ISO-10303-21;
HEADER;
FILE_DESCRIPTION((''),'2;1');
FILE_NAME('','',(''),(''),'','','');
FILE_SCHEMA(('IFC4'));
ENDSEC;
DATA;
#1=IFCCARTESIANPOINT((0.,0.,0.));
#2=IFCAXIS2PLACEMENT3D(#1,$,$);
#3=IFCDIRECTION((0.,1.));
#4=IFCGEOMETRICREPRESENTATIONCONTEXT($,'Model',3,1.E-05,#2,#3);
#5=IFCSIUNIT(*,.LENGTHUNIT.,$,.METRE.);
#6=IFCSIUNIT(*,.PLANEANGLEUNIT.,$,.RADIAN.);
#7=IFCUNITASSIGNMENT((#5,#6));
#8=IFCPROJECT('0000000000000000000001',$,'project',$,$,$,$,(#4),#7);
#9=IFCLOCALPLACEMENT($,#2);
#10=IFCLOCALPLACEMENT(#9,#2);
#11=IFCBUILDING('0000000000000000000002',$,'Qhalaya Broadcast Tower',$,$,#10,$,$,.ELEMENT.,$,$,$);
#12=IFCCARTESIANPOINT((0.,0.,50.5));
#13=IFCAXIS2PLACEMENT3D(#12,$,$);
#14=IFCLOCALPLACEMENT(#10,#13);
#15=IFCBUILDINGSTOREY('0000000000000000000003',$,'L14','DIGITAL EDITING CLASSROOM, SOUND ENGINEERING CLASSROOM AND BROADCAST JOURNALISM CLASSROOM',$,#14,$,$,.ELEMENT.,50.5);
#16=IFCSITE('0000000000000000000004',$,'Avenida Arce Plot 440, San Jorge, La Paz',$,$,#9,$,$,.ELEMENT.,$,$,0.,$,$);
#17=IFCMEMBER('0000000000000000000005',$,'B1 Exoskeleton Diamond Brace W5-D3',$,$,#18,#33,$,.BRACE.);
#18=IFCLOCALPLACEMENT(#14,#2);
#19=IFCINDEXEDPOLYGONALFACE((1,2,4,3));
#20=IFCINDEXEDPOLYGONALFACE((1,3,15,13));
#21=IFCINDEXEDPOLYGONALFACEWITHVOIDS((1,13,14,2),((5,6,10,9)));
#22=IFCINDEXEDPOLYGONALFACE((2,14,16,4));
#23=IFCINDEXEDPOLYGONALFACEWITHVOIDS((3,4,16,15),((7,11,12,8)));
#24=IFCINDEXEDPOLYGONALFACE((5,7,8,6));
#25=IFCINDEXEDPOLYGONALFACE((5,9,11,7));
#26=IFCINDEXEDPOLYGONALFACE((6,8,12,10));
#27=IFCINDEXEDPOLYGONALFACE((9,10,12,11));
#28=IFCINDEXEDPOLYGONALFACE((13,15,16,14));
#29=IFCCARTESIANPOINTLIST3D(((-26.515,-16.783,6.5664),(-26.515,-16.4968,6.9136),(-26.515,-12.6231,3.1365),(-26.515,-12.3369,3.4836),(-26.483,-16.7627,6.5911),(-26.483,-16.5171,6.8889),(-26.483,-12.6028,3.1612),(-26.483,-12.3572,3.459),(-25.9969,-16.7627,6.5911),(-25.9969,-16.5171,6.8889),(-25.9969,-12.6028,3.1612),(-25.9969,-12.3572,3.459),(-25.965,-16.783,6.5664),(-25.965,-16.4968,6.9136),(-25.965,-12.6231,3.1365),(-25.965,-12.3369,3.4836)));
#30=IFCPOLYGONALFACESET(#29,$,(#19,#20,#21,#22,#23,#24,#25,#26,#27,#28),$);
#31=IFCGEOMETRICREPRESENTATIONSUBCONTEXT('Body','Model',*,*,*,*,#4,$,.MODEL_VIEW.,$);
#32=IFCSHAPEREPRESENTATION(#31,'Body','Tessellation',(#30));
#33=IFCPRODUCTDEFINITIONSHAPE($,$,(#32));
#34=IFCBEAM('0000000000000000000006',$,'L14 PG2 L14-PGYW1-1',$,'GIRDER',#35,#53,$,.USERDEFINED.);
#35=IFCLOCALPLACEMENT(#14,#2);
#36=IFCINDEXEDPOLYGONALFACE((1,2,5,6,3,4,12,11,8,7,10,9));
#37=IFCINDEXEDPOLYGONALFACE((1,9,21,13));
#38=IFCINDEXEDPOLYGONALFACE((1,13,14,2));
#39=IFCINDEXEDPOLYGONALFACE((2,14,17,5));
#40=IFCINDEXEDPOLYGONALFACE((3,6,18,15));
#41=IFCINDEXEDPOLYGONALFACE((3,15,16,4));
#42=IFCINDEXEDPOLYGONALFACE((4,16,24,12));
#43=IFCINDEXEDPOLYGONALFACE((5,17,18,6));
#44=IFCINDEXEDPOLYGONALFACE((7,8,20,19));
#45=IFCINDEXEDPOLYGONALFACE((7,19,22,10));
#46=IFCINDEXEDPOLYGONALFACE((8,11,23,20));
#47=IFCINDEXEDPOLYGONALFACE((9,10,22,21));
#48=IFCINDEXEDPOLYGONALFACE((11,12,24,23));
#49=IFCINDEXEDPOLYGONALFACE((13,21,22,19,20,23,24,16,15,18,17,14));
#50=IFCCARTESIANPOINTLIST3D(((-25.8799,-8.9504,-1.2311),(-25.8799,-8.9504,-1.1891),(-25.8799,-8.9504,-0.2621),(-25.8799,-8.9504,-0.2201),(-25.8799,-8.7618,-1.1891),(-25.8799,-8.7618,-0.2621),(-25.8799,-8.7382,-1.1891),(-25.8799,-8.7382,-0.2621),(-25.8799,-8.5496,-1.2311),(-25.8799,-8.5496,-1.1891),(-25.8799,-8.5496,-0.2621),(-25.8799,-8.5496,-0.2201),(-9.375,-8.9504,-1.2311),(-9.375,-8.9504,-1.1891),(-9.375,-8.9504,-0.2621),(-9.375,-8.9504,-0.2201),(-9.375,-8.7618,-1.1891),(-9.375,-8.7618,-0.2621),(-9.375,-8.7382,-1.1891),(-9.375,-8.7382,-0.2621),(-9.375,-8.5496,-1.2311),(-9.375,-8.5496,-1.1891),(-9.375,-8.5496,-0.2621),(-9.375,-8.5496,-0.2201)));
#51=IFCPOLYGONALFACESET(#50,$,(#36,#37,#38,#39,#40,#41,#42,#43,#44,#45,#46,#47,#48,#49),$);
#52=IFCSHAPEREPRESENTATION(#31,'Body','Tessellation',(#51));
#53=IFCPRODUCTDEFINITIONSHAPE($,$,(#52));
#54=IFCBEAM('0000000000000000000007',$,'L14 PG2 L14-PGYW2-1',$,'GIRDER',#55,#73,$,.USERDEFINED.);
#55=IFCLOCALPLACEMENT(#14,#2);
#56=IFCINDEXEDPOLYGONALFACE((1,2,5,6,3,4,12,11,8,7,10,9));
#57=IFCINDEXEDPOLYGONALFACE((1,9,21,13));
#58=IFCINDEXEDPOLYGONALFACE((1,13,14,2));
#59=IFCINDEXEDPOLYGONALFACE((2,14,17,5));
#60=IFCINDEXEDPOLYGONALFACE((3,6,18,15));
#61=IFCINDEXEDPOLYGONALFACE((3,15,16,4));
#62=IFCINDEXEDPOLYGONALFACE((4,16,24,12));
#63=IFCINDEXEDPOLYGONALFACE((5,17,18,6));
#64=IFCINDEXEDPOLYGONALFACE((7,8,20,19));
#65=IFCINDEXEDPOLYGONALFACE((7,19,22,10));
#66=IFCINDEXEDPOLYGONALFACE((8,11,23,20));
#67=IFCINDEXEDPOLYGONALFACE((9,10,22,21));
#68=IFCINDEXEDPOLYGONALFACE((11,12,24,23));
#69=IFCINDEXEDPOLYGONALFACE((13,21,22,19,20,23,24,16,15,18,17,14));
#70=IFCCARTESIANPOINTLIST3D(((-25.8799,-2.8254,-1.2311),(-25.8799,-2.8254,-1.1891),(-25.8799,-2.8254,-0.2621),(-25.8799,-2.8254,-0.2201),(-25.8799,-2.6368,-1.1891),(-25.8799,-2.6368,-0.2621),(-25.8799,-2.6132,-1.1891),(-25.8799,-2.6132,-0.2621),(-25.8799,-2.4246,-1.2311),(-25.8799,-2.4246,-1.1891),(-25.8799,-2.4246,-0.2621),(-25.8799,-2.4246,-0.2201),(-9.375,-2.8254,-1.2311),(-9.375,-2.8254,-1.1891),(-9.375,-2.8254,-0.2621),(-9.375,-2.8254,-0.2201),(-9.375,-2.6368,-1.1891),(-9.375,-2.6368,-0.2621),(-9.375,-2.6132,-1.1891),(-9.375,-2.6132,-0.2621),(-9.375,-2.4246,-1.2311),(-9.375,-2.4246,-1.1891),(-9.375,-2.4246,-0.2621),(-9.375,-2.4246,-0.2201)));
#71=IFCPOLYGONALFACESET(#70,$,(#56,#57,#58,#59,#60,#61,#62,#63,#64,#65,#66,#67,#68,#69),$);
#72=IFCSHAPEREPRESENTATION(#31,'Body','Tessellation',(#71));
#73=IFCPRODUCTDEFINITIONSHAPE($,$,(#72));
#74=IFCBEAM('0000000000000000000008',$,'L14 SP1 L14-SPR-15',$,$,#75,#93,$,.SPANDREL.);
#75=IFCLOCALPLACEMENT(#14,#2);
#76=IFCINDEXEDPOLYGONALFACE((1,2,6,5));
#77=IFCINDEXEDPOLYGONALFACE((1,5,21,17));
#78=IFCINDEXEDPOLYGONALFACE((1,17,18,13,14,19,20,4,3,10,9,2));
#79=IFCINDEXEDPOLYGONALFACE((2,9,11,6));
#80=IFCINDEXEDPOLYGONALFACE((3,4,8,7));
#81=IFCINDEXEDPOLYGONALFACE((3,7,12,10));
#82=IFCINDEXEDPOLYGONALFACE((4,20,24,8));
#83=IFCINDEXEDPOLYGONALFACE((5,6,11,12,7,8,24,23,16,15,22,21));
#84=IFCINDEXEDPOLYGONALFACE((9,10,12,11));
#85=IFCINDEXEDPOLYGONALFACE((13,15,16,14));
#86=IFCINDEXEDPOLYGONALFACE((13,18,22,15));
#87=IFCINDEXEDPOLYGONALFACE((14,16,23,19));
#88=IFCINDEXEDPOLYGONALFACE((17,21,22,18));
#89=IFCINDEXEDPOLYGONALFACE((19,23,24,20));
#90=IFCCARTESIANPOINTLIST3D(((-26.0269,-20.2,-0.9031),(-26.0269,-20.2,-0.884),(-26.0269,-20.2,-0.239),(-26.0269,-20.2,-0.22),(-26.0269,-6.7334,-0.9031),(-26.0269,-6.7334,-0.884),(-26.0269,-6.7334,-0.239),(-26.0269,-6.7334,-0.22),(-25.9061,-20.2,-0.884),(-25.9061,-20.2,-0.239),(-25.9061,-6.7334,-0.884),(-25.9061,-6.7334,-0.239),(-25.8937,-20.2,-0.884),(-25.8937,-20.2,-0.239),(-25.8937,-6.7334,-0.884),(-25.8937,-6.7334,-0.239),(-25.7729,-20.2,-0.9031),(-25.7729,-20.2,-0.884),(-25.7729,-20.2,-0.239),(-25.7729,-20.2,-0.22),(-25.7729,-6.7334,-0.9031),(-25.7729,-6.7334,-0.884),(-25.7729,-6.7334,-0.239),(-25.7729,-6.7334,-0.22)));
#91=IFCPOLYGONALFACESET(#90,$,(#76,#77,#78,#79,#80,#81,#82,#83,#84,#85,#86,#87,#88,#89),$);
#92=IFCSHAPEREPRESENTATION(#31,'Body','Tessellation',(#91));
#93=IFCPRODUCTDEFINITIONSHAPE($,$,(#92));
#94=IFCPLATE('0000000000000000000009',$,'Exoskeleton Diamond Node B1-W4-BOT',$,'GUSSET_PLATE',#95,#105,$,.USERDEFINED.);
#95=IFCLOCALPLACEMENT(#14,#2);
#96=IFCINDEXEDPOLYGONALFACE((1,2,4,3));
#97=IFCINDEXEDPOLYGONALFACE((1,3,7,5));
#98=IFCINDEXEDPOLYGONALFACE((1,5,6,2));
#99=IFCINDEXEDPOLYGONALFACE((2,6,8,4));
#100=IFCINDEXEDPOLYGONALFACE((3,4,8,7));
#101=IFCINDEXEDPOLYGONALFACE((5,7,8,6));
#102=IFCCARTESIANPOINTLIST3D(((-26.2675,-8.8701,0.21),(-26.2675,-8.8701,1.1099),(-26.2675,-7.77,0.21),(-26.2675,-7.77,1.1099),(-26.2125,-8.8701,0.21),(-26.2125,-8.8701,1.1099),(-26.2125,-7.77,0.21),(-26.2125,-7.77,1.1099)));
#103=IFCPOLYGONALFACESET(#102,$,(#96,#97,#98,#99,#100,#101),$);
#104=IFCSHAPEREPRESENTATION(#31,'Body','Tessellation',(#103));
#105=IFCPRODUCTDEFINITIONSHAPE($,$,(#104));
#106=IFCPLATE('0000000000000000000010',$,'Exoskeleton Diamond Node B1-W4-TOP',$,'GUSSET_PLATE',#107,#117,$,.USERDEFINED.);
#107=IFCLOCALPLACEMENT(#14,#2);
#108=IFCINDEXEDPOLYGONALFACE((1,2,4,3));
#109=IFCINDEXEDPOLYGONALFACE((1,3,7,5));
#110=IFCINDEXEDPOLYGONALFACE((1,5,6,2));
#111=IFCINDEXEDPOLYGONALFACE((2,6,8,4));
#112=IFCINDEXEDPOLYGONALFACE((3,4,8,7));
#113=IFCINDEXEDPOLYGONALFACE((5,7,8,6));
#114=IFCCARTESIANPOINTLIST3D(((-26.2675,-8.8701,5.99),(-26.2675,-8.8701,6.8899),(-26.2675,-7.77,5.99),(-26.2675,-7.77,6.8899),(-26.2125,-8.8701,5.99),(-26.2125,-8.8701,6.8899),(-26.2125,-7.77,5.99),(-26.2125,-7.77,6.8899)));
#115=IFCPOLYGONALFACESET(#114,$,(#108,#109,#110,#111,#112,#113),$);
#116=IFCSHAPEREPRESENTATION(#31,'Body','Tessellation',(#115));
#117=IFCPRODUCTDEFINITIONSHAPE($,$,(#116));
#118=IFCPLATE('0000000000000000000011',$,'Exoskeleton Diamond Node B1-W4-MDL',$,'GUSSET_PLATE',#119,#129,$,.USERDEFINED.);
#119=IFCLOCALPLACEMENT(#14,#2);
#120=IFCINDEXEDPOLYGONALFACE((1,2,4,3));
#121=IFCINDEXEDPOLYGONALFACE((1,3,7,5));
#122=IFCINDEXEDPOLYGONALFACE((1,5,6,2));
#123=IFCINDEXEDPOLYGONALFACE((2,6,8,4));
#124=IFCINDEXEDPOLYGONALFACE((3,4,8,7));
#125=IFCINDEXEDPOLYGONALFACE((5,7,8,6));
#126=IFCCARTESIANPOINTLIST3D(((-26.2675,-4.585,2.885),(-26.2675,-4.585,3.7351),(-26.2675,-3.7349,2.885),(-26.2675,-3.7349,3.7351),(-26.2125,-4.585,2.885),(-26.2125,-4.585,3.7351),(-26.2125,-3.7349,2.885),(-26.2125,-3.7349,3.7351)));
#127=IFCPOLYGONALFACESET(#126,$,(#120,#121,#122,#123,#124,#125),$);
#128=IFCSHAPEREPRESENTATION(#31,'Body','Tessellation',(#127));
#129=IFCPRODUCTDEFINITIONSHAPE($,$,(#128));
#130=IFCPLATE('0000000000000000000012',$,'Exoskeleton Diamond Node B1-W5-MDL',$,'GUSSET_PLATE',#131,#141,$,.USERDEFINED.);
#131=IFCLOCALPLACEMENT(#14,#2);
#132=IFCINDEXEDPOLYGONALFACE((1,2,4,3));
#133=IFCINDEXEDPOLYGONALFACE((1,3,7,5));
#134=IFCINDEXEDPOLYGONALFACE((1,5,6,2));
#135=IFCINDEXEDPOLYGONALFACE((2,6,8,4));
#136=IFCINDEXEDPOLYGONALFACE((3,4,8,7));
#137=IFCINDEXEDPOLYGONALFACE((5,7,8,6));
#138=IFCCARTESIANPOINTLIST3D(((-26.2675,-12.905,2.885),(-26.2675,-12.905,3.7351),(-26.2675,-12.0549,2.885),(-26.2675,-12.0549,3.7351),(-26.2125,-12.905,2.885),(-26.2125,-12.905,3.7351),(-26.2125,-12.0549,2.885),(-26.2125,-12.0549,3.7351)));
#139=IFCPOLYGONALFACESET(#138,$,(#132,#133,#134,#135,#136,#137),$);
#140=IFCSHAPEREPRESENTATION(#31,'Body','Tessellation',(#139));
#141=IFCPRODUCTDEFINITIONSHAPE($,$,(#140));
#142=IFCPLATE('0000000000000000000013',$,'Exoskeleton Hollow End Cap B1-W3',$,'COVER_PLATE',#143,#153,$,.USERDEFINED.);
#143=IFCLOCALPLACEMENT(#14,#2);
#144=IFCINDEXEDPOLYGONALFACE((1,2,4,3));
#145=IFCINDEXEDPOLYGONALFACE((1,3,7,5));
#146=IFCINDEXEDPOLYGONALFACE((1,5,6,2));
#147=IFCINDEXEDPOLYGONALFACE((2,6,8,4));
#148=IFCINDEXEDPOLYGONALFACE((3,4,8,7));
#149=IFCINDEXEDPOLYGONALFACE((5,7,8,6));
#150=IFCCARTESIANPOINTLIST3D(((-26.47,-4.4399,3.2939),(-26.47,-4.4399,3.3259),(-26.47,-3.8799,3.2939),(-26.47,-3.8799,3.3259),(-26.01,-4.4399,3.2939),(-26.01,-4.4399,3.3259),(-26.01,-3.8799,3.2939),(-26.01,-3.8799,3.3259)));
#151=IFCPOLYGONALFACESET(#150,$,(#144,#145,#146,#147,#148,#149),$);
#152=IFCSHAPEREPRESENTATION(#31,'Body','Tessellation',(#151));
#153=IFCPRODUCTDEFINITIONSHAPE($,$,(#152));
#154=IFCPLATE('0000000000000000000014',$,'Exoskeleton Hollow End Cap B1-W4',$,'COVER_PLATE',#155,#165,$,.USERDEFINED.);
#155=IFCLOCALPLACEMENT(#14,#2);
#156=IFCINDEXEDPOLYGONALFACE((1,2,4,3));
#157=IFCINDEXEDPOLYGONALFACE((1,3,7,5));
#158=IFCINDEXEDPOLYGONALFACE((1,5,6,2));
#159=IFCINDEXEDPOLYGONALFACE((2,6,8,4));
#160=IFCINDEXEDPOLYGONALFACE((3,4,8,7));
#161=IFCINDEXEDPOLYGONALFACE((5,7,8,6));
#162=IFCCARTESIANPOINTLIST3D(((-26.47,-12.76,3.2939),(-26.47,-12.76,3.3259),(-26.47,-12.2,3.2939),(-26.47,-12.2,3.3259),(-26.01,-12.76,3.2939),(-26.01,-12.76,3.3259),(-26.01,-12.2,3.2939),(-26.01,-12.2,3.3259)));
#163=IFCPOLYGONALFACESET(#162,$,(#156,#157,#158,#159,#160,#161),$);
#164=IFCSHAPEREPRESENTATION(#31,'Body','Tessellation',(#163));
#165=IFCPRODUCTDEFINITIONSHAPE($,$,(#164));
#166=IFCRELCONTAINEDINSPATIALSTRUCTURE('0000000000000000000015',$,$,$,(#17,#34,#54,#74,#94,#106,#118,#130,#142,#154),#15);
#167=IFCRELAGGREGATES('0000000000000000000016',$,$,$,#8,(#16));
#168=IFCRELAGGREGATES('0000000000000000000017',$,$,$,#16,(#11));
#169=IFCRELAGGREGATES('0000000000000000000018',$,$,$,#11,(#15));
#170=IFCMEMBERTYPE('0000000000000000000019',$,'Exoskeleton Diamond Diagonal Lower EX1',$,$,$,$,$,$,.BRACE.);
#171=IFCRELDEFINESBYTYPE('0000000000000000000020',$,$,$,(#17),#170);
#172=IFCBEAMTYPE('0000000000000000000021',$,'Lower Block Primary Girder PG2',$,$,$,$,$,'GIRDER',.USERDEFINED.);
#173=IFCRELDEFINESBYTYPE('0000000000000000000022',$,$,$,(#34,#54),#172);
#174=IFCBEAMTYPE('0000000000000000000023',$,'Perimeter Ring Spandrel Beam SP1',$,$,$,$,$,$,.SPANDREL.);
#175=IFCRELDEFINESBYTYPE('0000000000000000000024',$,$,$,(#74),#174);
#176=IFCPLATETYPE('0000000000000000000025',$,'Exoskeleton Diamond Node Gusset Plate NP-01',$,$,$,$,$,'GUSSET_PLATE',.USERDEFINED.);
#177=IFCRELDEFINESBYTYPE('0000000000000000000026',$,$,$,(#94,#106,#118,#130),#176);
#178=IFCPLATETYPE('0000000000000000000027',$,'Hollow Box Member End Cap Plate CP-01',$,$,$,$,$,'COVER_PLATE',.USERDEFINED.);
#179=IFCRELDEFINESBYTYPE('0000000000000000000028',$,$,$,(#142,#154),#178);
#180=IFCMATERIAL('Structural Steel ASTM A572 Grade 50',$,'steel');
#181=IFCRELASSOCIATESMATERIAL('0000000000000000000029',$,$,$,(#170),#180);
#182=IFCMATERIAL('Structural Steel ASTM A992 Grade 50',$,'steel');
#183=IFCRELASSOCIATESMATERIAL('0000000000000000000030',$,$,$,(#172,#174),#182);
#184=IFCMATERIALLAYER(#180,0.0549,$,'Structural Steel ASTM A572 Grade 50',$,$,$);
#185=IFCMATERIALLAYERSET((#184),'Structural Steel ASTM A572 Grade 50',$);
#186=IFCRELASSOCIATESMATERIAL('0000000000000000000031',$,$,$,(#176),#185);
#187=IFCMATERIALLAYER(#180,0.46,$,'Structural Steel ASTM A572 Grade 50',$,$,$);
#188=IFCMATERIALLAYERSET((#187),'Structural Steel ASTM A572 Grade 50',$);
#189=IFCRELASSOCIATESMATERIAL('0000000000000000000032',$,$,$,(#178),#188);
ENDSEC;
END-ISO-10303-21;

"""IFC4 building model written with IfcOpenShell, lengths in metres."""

from ifc_helpers import new_model, si_unit, direction, frame, origin, origin_2d, place, context, subcontext, project, spatial, rectangle, hollow_rectangle, i_section, extrude, material, layer, layer_set, material_profile, profile_set, type_object, element, save


model = new_model("IFC4")

# Units and contexts
model_context = context("Model", 3, precision=1e-05, world=origin(), true_north=direction((0.0, 1.0)))
body_context = subcontext(model_context, "Body", "Model", "MODEL_VIEW")
ifc_project = project(units=[si_unit("LENGTHUNIT", "METRE"), si_unit("PLANEANGLEUNIT", "RADIAN")], contexts=[model_context])

# Site, building, storey
site_placement = place(None, origin())
site = spatial("IfcSite", under=ifc_project, at=site_placement, Name="Avenida Arce Plot 440, San Jorge, La Paz", CompositionType="ELEMENT", RefElevation=0.0)
building_placement = place(site_placement, origin())
building = spatial("IfcBuilding", under=site, at=building_placement, Name="Qhalaya Broadcast Tower", CompositionType="ELEMENT")
storey_placement = place(building_placement, frame((0.0, 0.0, 50.5)))
storey = spatial("IfcBuildingStorey", under=building, at=storey_placement, Name="L14", Description="DIGITAL EDITING CLASSROOM, SOUND ENGINEERING CLASSROOM AND BROADCAST JOURNALISM CLASSROOM", CompositionType="ELEMENT", Elevation=50.5)

# Shared definitions
ifc_material_1 = material(Name="Structural Steel ASTM A992 Grade 50", Category="steel")
ifc_material_2 = material(Name="Structural Steel ASTM A572 Grade 50", Category="steel")

# Member
ifc_material_profile_1 = material_profile(ifc_material_2, hollow_rectangle(XDim=0.45, YDim=0.55, WallThickness=0.032, at=origin_2d()), Name="BOX 450x550x32")
ifc_profile_set_1 = profile_set([ifc_material_profile_1], Name="Structural Steel ASTM A572 Grade 50")
member_type = type_object("IfcMemberType", Name="Exoskeleton Diamond Diagonal Lower EX1", PredefinedType="BRACE", material=ifc_profile_set_1)
for number, where, z_axis, x_axis, name in (
    (1, (-26.24, -12.48, 3.3101), (0.0, -0.771555, 0.636163), (0.0, 0.636163, 0.771555), "B1 Exoskeleton Diamond Brace W5-D3"),
):
    element("IfcMember", number, at=place(storey_placement, frame(where, z_axis=z_axis, x_axis=x_axis)), inside=storey, type_object=member_type, Name=name, PredefinedType="BRACE", context=body_context, shape_type="SweptSolid", body=[
        extrude(hollow_rectangle(XDim=0.45, YDim=0.55, WallThickness=0.032, at=origin_2d()), origin(), (0.0, 0.0, 1.0), 5.3916),
    ])

# Beams
ifc_material_profile_2 = material_profile(ifc_material_1, i_section(OverallWidth=0.4009, OverallDepth=1.011, WebThickness=0.0237, FlangeThickness=0.042, at=origin_2d()), Name="W40X297")
ifc_profile_set_2 = profile_set([ifc_material_profile_2], Name="Structural Steel ASTM A992 Grade 50")
beam_type_1 = type_object("IfcBeamType", Name="Lower Block Primary Girder PG2", ElementType="GIRDER", PredefinedType="USERDEFINED", material=ifc_profile_set_2)
for number, where, z_axis, x_axis, name in (
    (2, (-25.8799, -8.75, -0.7256), (1.0, 0.0, 0.0), (0.0, 1.0, 0.0), "L14 PG2 L14-PGYW1-1"),
    (3, (-25.8799, -2.625, -0.7256), (1.0, 0.0, 0.0), (0.0, 1.0, 0.0), "L14 PG2 L14-PGYW2-1"),
):
    element("IfcBeam", number, at=place(storey_placement, frame(where, z_axis=z_axis, x_axis=x_axis)), inside=storey, type_object=beam_type_1, Name=name, ObjectType="GIRDER", PredefinedType="USERDEFINED", context=body_context, shape_type="SweptSolid", body=[
        extrude(i_section(OverallWidth=0.4009, OverallDepth=1.011, WebThickness=0.0237, FlangeThickness=0.042, at=origin_2d()), origin(), (0.0, 0.0, 1.0), 16.5049),
    ])
ifc_material_profile_3 = material_profile(ifc_material_1, i_section(OverallWidth=0.2539, OverallDepth=0.6831, WebThickness=0.0125, FlangeThickness=0.019, at=origin_2d()), Name="W27X94")
ifc_profile_set_3 = profile_set([ifc_material_profile_3], Name="Structural Steel ASTM A992 Grade 50")
beam_type_2 = type_object("IfcBeamType", Name="Perimeter Ring Spandrel Beam SP1", PredefinedType="SPANDREL", material=ifc_profile_set_3)
beam_placement = place(storey_placement, frame((-25.8999, -6.7334, -0.5615), z_axis=(0.0, -1.0, 0.0), x_axis=(1.0, 0.0, 0.0)))
element("IfcBeam", 4, at=beam_placement, inside=storey, type_object=beam_type_2, Name="L14 SP1 L14-SPR-15", PredefinedType="SPANDREL", context=body_context, shape_type="SweptSolid", body=[
    extrude(i_section(OverallWidth=0.2539, OverallDepth=0.6831, WebThickness=0.0125, FlangeThickness=0.019, at=origin_2d()), origin(), (0.0, 0.0, 1.0), 13.4666),
])

# Plates
ifc_layer_1 = layer(ifc_material_2, 0.0549, Name="Structural Steel ASTM A572 Grade 50")
ifc_layer_set_1 = layer_set([ifc_layer_1], Name="Structural Steel ASTM A572 Grade 50")
plate_type_1 = type_object("IfcPlateType", Name="Exoskeleton Diamond Node Gusset Plate NP-01", ElementType="GUSSET_PLATE", PredefinedType="USERDEFINED", material=ifc_layer_set_1)
for number, where, z_axis, x_axis, name in (
    (5, (-26.24, -8.3201, 0.21), (0.0, 0.0, 1.0), (0.0, 1.0, 0.0), "Exoskeleton Diamond Node B1-W4-BOT"),
    (6, (-26.24, -8.3201, 5.99), (0.0, 0.0, 1.0), (0.0, 1.0, 0.0), "Exoskeleton Diamond Node B1-W4-TOP"),
):
    element("IfcPlate", number, at=place(storey_placement, frame(where, z_axis=z_axis, x_axis=x_axis)), inside=storey, type_object=plate_type_1, Name=name, ObjectType="GUSSET_PLATE", PredefinedType="USERDEFINED", context=body_context, shape_type="SweptSolid", body=[
        extrude(rectangle(XDim=1.1001, YDim=0.0549, at=origin_2d()), origin(), (0.0, 0.0, 1.0), 0.8999),
    ])
for number, where, z_axis, x_axis, name in (
    (7, (-26.24, -4.1599, 2.885), (0.0, 0.0, 1.0), (0.0, 1.0, 0.0), "Exoskeleton Diamond Node B1-W4-MDL"),
    (8, (-26.24, -12.48, 2.885), (0.0, 0.0, 1.0), (0.0, 1.0, 0.0), "Exoskeleton Diamond Node B1-W5-MDL"),
):
    element("IfcPlate", number, at=place(storey_placement, frame(where, z_axis=z_axis, x_axis=x_axis)), inside=storey, type_object=plate_type_1, Name=name, ObjectType="GUSSET_PLATE", PredefinedType="USERDEFINED", context=body_context, shape_type="SweptSolid", body=[
        extrude(rectangle(XDim=0.8501, YDim=0.0549, at=origin_2d()), origin(), (0.0, 0.0, 1.0), 0.8501),
    ])
ifc_layer_2 = layer(ifc_material_2, 0.46, Name="Structural Steel ASTM A572 Grade 50")
ifc_layer_set_2 = layer_set([ifc_layer_2], Name="Structural Steel ASTM A572 Grade 50")
plate_type_2 = type_object("IfcPlateType", Name="Hollow Box Member End Cap Plate CP-01", ElementType="COVER_PLATE", PredefinedType="USERDEFINED", material=ifc_layer_set_2)
for number, where, z_axis, x_axis, name in (
    (9, (-26.24, -4.1599, 3.2939), (0.0, 0.0, 1.0), (0.0, 1.0, 0.0), "Exoskeleton Hollow End Cap B1-W3"),
    (10, (-26.24, -12.48, 3.2939), (0.0, 0.0, 1.0), (0.0, 1.0, 0.0), "Exoskeleton Hollow End Cap B1-W4"),
):
    element("IfcPlate", number, at=place(storey_placement, frame(where, z_axis=z_axis, x_axis=x_axis)), inside=storey, type_object=plate_type_2, Name=name, ObjectType="COVER_PLATE", PredefinedType="USERDEFINED", context=body_context, shape_type="SweptSolid", body=[
        extrude(rectangle(XDim=0.5601, YDim=0.46, at=origin_2d()), origin(), (0.0, 0.0, 1.0), 0.032),
    ])

save(model, "model.ifc")
